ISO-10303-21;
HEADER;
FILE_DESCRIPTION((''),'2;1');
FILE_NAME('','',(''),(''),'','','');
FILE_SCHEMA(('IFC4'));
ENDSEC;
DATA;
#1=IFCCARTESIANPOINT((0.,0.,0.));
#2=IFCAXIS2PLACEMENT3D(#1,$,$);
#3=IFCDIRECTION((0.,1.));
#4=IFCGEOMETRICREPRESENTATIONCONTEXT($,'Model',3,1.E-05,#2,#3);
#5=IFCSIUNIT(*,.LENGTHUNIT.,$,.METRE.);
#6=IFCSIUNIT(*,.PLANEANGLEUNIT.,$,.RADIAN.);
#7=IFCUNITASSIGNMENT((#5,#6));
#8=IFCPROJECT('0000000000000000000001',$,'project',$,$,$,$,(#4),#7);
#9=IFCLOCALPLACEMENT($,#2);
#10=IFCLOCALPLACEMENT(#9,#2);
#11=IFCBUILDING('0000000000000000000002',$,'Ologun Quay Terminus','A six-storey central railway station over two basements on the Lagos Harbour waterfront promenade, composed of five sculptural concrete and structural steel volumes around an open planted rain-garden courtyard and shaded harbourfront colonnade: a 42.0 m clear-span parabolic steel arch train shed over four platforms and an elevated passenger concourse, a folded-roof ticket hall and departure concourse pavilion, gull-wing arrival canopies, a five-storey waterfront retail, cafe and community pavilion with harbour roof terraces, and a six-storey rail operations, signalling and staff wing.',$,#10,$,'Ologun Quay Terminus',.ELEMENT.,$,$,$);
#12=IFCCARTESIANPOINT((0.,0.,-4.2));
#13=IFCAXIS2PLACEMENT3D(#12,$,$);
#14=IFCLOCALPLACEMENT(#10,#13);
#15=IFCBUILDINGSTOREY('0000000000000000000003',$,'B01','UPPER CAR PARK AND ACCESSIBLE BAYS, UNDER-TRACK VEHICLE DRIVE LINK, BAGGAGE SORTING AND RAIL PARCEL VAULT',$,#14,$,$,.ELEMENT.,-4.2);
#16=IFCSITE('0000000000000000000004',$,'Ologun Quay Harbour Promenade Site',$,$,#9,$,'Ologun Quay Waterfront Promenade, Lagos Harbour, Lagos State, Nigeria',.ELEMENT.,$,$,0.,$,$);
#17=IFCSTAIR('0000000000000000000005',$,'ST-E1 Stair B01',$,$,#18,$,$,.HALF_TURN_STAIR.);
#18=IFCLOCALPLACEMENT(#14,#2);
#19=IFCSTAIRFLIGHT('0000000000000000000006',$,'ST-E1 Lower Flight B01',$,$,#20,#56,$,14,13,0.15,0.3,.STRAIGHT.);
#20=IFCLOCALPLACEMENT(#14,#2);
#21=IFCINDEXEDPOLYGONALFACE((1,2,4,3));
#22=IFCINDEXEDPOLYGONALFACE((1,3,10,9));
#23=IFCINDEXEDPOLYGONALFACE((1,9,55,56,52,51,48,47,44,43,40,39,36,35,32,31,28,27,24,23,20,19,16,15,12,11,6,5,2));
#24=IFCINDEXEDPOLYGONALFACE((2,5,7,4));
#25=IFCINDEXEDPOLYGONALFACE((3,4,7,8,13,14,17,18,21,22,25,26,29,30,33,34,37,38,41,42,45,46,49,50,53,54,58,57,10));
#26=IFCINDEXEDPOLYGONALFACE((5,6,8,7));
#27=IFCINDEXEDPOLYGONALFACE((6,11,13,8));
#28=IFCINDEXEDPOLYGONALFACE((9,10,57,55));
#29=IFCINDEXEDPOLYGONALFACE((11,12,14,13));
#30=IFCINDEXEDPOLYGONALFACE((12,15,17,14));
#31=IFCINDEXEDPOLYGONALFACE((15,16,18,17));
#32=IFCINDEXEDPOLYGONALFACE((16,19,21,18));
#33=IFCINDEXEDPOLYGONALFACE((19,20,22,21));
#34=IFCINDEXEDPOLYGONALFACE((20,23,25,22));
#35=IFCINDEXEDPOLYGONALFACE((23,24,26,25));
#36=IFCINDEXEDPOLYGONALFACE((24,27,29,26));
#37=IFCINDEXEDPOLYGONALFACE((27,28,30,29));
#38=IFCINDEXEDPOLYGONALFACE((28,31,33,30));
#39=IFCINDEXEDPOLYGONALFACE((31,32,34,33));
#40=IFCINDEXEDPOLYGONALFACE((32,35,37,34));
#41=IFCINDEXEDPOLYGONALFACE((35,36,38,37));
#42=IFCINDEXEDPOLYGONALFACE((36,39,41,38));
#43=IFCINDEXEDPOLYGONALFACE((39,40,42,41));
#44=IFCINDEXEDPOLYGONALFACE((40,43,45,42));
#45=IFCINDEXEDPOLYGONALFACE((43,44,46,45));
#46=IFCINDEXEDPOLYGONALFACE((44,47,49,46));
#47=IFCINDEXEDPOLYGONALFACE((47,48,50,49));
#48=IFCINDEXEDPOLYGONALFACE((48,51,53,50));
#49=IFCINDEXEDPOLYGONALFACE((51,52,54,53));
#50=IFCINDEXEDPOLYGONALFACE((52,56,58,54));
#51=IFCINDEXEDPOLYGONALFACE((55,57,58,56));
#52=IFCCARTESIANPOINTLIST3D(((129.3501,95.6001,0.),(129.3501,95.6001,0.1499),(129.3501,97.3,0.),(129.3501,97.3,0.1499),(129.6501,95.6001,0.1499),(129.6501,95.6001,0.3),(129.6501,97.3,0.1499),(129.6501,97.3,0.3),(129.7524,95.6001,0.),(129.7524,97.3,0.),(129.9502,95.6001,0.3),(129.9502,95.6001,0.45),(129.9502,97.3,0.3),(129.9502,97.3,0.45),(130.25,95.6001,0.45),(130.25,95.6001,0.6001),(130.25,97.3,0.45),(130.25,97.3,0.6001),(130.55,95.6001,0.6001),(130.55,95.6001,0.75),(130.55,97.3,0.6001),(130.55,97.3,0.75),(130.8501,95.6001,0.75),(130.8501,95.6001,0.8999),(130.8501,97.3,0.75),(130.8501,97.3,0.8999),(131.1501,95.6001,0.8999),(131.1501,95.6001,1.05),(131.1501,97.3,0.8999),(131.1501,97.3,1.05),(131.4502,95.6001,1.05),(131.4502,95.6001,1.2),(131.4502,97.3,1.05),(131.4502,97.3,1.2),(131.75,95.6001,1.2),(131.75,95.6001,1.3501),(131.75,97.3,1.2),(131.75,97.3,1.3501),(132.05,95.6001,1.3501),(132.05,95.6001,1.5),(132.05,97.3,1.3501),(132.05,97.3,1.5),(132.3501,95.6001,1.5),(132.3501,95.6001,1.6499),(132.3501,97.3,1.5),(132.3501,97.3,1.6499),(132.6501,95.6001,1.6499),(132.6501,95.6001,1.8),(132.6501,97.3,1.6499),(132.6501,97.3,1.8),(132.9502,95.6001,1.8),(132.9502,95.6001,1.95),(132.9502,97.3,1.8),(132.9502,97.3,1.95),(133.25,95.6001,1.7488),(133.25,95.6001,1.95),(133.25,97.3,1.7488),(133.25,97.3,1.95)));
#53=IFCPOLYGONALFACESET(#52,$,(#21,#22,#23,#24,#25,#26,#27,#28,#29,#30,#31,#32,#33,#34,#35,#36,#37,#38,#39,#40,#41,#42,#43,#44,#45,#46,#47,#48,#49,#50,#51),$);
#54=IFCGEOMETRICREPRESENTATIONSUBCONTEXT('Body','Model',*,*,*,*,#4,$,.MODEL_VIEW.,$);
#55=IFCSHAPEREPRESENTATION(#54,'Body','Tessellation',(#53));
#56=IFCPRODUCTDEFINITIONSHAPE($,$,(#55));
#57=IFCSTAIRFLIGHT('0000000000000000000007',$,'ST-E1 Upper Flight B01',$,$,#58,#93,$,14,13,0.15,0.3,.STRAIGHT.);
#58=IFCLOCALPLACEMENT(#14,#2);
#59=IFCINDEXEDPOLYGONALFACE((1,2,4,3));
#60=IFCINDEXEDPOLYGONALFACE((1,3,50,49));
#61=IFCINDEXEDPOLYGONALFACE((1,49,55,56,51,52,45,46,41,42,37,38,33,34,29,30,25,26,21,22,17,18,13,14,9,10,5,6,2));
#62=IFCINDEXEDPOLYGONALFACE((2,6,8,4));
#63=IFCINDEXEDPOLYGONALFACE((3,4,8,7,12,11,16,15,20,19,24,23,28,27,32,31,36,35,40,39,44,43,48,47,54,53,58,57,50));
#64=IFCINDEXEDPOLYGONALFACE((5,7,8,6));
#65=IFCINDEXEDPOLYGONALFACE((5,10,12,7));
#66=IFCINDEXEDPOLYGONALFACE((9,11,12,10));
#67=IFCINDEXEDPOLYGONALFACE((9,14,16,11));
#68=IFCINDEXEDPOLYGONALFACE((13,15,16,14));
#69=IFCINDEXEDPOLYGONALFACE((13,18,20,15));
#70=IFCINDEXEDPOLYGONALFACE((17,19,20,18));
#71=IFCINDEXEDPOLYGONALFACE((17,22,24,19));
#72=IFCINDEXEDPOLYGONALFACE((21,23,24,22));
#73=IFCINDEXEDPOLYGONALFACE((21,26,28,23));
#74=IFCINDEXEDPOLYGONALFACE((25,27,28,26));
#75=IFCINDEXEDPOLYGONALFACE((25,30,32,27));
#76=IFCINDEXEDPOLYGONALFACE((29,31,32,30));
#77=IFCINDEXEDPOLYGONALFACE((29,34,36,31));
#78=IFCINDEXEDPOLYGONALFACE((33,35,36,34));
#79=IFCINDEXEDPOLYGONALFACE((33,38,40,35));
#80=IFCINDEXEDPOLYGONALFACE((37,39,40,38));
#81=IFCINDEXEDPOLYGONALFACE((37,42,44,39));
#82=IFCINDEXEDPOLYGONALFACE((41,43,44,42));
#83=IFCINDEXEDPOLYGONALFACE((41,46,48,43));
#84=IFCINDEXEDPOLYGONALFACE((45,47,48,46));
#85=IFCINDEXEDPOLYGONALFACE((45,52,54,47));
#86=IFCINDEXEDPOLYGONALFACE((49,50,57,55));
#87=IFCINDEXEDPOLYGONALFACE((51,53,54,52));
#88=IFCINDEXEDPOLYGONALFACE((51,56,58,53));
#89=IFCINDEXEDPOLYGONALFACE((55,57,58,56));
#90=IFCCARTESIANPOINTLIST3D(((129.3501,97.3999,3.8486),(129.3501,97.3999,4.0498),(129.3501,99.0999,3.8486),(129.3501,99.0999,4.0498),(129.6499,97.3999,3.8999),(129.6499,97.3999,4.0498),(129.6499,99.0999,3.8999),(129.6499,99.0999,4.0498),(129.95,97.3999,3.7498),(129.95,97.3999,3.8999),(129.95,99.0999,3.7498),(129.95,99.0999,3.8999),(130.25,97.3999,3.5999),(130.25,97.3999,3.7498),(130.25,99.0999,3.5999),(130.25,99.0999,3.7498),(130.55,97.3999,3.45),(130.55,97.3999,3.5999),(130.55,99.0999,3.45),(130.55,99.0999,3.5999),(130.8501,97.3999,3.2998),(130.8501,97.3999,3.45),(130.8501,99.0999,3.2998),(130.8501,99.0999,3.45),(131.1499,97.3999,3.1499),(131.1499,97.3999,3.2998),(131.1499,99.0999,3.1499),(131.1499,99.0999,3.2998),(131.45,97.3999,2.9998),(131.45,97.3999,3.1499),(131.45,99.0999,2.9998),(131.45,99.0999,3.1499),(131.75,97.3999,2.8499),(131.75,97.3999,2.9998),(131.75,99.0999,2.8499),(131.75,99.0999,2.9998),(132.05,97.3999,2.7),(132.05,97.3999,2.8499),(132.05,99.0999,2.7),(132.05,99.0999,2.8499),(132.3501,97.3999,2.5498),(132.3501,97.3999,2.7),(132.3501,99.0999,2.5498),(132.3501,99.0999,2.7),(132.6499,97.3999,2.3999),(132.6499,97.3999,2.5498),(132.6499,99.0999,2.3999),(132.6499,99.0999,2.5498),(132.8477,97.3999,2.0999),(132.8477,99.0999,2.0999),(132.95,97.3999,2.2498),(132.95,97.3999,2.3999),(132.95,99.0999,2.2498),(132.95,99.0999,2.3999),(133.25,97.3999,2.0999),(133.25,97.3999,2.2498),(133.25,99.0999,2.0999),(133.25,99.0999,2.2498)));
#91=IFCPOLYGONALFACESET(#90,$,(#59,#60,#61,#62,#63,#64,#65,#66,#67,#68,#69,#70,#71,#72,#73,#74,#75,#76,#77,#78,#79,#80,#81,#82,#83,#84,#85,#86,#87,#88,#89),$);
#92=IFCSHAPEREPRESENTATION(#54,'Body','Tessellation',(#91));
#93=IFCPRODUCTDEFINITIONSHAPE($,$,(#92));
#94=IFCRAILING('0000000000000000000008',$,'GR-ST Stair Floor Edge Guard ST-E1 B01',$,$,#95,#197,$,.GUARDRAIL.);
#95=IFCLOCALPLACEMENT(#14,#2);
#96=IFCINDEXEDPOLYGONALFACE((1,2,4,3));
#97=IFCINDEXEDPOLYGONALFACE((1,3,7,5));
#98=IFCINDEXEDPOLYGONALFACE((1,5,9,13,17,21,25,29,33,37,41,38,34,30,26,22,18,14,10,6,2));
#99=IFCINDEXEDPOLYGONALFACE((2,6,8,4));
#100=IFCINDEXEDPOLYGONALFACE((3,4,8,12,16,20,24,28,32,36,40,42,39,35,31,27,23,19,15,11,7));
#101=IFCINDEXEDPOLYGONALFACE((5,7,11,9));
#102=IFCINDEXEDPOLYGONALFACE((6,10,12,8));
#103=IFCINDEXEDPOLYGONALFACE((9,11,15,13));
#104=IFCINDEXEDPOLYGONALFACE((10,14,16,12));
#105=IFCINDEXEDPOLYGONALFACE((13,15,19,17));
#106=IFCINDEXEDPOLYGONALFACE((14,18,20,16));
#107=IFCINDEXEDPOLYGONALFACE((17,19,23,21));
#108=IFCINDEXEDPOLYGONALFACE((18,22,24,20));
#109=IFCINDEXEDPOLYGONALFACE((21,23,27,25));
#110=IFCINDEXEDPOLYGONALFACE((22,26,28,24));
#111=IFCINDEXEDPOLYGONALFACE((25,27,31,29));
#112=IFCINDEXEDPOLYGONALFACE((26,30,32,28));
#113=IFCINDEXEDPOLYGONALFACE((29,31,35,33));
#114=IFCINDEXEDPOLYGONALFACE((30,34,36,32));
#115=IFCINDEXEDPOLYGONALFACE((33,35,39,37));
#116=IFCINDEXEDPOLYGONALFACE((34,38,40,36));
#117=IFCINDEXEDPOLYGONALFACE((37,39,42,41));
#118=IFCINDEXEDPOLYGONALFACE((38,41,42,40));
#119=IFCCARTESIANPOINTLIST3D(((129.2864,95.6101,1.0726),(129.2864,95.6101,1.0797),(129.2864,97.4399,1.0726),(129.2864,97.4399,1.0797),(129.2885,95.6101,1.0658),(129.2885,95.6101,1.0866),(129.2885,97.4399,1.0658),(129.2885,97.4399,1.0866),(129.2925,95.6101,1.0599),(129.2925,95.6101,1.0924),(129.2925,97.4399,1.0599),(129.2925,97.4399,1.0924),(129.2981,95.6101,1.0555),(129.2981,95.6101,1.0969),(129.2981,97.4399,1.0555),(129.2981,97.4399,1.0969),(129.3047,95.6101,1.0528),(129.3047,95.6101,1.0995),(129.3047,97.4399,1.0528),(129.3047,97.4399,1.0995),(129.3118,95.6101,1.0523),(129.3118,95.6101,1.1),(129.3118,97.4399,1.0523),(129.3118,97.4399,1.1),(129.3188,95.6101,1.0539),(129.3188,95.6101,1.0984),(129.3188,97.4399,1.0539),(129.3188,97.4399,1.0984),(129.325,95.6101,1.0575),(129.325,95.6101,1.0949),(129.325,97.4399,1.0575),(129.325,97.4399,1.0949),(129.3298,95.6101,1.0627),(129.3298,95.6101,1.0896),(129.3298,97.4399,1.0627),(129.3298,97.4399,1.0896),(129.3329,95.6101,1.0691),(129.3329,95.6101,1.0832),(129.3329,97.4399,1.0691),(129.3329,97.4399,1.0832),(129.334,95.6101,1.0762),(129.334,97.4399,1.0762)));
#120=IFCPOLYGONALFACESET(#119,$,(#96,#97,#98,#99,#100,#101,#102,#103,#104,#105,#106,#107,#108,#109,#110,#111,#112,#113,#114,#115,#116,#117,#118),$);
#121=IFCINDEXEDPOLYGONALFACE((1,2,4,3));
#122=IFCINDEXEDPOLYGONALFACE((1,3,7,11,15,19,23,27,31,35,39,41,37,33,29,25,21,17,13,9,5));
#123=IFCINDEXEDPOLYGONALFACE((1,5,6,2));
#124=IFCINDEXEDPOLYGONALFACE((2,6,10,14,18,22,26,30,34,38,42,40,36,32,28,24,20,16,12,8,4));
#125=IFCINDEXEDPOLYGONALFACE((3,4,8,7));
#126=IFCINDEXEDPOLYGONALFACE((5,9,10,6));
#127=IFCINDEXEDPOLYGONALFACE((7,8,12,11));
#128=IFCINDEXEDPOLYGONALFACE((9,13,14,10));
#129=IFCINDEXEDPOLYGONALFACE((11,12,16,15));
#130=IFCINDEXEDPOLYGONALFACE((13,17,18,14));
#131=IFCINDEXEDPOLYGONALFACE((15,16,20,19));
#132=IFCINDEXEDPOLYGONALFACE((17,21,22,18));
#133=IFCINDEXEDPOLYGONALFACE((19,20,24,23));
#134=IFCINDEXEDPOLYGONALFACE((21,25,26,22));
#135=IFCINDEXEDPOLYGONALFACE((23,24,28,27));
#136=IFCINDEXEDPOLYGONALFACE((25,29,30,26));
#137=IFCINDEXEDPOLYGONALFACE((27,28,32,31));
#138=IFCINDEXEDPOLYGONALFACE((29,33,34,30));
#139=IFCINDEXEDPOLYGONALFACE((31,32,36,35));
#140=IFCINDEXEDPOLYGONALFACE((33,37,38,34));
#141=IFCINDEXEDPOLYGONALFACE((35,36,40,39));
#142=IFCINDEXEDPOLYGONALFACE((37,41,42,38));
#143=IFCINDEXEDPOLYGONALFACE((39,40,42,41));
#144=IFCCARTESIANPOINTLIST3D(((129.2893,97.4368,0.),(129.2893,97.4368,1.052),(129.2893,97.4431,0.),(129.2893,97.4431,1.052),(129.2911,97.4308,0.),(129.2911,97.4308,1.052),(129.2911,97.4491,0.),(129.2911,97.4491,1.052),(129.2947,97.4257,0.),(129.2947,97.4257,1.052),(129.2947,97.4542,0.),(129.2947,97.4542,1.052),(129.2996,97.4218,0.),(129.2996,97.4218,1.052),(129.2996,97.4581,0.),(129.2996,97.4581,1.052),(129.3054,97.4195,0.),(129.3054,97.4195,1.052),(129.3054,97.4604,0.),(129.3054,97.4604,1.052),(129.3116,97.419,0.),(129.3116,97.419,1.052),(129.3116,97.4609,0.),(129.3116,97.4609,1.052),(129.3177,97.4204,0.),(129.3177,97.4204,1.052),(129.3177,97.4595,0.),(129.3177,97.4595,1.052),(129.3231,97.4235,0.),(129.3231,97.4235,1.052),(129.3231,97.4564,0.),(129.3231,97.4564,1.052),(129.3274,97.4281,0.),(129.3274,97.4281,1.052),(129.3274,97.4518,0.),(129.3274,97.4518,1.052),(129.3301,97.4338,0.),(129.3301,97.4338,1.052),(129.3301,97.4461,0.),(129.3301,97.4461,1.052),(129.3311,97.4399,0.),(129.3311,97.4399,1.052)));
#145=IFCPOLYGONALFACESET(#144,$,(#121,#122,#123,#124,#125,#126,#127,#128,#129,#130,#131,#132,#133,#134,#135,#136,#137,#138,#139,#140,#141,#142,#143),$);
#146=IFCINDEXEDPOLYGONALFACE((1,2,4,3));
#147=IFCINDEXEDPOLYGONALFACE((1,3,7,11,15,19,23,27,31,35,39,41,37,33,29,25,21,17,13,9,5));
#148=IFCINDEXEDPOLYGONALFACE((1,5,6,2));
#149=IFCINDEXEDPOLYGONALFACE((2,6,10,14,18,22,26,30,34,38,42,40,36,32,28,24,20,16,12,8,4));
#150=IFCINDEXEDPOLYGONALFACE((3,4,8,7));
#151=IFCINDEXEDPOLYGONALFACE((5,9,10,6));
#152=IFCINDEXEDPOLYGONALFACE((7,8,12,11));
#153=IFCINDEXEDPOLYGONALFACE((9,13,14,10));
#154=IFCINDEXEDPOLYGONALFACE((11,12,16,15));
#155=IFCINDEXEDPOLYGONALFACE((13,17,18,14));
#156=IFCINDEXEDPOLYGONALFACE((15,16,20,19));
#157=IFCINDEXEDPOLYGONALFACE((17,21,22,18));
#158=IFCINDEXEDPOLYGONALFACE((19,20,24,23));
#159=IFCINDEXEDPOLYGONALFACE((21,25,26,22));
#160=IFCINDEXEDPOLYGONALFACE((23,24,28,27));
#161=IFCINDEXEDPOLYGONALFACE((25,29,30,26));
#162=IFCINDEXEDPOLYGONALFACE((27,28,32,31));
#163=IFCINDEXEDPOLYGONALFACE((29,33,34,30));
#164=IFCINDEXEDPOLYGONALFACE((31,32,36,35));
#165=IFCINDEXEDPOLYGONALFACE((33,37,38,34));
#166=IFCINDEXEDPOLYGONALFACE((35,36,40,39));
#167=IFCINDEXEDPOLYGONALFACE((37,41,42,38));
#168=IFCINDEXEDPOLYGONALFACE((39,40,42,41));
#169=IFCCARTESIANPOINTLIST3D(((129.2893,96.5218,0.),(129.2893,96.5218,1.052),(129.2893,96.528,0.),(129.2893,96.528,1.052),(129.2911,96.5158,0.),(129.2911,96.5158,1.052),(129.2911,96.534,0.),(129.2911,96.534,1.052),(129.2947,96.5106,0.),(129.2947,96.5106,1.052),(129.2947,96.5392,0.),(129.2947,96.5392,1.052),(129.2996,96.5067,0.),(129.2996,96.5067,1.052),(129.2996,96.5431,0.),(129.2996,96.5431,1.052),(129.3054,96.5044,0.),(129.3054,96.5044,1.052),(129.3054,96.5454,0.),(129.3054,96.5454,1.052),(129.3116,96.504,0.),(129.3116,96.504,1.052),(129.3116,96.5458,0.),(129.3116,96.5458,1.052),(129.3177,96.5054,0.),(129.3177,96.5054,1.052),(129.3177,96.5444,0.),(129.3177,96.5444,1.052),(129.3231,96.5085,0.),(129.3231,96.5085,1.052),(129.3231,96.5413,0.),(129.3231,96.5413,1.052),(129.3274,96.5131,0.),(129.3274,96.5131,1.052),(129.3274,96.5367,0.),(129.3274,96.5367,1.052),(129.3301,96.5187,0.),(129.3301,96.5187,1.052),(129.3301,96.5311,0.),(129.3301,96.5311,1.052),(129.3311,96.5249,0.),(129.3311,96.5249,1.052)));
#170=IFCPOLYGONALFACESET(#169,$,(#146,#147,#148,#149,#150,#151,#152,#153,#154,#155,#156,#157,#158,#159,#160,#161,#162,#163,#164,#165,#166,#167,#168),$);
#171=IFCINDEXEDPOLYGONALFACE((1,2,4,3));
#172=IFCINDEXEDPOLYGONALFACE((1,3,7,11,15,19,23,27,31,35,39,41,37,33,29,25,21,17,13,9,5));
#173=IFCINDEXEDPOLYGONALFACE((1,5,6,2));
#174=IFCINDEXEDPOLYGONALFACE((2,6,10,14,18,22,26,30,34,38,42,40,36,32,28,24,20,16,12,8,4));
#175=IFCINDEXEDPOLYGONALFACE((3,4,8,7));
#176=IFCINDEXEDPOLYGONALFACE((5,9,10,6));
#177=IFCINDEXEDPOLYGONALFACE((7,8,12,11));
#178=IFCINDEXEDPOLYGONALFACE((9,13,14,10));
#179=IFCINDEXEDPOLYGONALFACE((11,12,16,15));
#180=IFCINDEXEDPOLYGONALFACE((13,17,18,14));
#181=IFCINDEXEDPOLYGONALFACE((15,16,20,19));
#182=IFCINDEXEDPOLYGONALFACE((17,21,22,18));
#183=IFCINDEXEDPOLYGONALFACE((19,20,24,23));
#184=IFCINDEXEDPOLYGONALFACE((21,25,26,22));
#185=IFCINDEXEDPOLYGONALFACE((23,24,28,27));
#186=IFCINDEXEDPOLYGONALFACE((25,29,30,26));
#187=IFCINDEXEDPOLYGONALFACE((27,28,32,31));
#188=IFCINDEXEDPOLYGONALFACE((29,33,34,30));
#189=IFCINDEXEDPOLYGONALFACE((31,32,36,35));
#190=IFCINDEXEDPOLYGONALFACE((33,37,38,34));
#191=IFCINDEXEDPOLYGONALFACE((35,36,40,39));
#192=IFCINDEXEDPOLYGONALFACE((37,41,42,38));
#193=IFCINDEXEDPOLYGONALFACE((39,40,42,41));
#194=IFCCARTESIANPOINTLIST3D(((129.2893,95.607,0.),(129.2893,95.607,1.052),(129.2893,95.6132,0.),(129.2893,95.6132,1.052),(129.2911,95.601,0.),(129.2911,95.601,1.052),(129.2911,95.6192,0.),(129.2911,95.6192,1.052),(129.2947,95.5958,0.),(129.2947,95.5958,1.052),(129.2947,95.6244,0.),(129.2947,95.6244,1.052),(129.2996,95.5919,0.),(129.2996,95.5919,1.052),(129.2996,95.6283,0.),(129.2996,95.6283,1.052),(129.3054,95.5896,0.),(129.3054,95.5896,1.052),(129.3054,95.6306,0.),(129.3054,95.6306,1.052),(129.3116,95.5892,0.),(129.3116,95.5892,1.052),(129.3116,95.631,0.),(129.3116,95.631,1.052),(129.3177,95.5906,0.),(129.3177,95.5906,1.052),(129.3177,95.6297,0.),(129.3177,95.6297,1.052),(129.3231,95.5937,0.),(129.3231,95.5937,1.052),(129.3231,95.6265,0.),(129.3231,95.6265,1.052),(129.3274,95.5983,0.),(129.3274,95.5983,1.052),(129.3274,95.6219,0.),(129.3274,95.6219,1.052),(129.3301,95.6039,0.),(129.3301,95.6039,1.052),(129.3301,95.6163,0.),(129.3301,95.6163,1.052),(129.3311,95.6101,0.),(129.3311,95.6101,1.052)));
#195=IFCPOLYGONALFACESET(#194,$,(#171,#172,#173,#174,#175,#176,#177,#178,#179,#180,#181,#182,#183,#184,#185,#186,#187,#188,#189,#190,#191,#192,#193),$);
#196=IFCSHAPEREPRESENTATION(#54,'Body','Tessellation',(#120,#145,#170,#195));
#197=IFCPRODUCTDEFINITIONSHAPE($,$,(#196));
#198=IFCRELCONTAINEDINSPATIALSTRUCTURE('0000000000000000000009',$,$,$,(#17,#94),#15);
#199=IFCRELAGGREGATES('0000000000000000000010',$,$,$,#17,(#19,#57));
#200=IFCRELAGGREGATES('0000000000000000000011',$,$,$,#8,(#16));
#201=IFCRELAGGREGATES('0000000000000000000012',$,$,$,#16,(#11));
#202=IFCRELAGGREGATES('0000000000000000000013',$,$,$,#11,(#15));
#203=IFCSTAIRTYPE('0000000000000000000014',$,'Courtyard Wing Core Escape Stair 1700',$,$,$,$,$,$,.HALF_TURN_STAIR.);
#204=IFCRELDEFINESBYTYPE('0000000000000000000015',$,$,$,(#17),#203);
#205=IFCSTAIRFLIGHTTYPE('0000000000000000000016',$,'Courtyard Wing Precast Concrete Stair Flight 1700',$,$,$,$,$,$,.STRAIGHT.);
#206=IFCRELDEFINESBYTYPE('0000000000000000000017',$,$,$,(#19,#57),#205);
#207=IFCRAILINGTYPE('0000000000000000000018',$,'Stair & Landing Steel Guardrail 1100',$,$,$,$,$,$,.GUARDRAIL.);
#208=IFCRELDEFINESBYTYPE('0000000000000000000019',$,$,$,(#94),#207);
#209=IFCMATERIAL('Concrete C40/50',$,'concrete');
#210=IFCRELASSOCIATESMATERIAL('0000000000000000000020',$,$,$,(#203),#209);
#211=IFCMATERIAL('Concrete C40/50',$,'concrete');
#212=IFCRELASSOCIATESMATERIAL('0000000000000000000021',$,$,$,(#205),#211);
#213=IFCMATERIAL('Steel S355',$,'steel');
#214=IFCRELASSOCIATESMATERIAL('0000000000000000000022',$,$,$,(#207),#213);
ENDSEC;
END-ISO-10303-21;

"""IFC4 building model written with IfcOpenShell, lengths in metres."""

from ifc_helpers import new_model, si_unit, direction, frame, origin, origin_2d, place, context, subcontext, project, spatial, polyline, circle, outline, extrude, material, type_object, element, aggregate, save


model = new_model("IFC4")

# Units and contexts
model_context = context("Model", 3, precision=1e-05, world=origin(), true_north=direction((0.0, 1.0)))
body_context = subcontext(model_context, "Body", "Model", "MODEL_VIEW")
ifc_project = project(units=[si_unit("LENGTHUNIT", "METRE"), si_unit("PLANEANGLEUNIT", "RADIAN")], contexts=[model_context])

# Site, building, storey
site_placement = place(None, origin())
site = spatial("IfcSite", under=ifc_project, at=site_placement, Name="Ologun Quay Harbour Promenade Site", LongName="Ologun Quay Waterfront Promenade, Lagos Harbour, Lagos State, Nigeria", CompositionType="ELEMENT", RefElevation=0.0)
building_placement = place(site_placement, origin())
building = spatial("IfcBuilding", under=site, at=building_placement, Name="Ologun Quay Terminus", Description="A six-storey central railway station over two basements on the Lagos Harbour waterfront promenade, composed of five sculptural concrete and structural steel volumes around an open planted rain-garden courtyard and shaded harbourfront colonnade: a 42.0 m clear-span parabolic steel arch train shed over four platforms and an elevated passenger concourse, a folded-roof ticket hall and departure concourse pavilion, gull-wing arrival canopies, a five-storey waterfront retail, cafe and community pavilion with harbour roof terraces, and a six-storey rail operations, signalling and staff wing.", LongName="Ologun Quay Terminus", CompositionType="ELEMENT")
storey_placement = place(building_placement, frame((0.0, 0.0, -4.2)))
storey = spatial("IfcBuildingStorey", under=building, at=storey_placement, Name="B01", Description="UPPER CAR PARK AND ACCESSIBLE BAYS, UNDER-TRACK VEHICLE DRIVE LINK, BAGGAGE SORTING AND RAIL PARCEL VAULT", CompositionType="ELEMENT", Elevation=-4.2)

# Stair, stair flights
ifc_material_1 = material(Name="Concrete C40/50", Category="concrete")
stair_type = type_object("IfcStairType", Name="Courtyard Wing Core Escape Stair 1700", PredefinedType="HALF_TURN_STAIR", material=ifc_material_1)
stair_placement = place(storey_placement, origin())
stair = element("IfcStair", 1, at=stair_placement, inside=storey, type_object=stair_type, Name="ST-E1 Stair B01", PredefinedType="HALF_TURN_STAIR")
ifc_material_2 = material(Name="Concrete C40/50", Category="concrete")
stair_flight_type = type_object("IfcStairFlightType", Name="Courtyard Wing Precast Concrete Stair Flight 1700", PredefinedType="STRAIGHT", material=ifc_material_2)
stair_flight_1_placement = place(storey_placement, frame((129.3501, 96.45, 0.0), z_axis=(0.0, 0.0, 1.0), x_axis=(1.0, 0.0, 0.0)))
stair_flight_1 = element("IfcStairFlight", 2, at=stair_flight_1_placement, type_object=stair_flight_type, Name="ST-E1 Lower Flight B01", NumberOfRisers=14, NumberOfTreads=13, PredefinedType="STRAIGHT", RiserHeight=0.15, TreadLength=0.3, context=body_context, shape_type="SweptSolid", body=[
    extrude(outline(polyline([(0.0, 0.0), (0.0, 0.1499), (0.3, 0.1499), (0.3, 0.3), (0.6001, 0.3), (0.6001, 0.45), (0.8999, 0.45), (0.8999, 0.6001), (1.2, 0.6001), (1.2, 0.75), (1.5, 0.75), (1.5, 0.8999), (1.8, 0.8999), (1.8, 1.05), (2.1001, 1.05), (2.1001, 1.2), (2.3999, 1.2), (2.3999, 1.3501), (2.7, 1.3501), (2.7, 1.5), (3.0, 1.5), (3.0, 1.6499), (3.3, 1.6499), (3.3, 1.8), (3.6001, 1.8), (3.6001, 1.95), (3.8999, 1.95), (3.8999, 2.1001), (3.8999, 1.7488), (0.4023, 0.0), (0.0, 0.0)])), frame((0.0, 0.8501, 0.0), z_axis=(0.0, -1.0, 0.0), x_axis=(1.0, 0.0, 0.0)), (0.0, 0.0, 1.0), 1.7),
])
stair_flight_2_placement = place(storey_placement, frame((133.25, 98.25, 2.0999), z_axis=(0.0, 0.0, 1.0), x_axis=(-1.0, 0.0, 0.0)))
stair_flight_2 = element("IfcStairFlight", 3, at=stair_flight_2_placement, type_object=stair_flight_type, Name="ST-E1 Upper Flight B01", NumberOfRisers=14, NumberOfTreads=13, PredefinedType="STRAIGHT", RiserHeight=0.15, TreadLength=0.3, context=body_context, shape_type="SweptSolid", body=[
    extrude(outline(polyline([(0.0, 0.0), (0.0, 0.1499), (0.3, 0.1499), (0.3, 0.3), (0.6001, 0.3), (0.6001, 0.45), (0.8999, 0.45), (0.8999, 0.6001), (1.2, 0.6001), (1.2, 0.75), (1.5, 0.75), (1.5, 0.8999), (1.8, 0.8999), (1.8, 1.05), (2.1001, 1.05), (2.1001, 1.2), (2.3999, 1.2), (2.3999, 1.3501), (2.7, 1.3501), (2.7, 1.5), (3.0, 1.5), (3.0, 1.6499), (3.3, 1.6499), (3.3, 1.8), (3.6001, 1.8), (3.6001, 1.95), (3.8999, 1.95), (3.8999, 2.1001), (3.8999, 1.7488), (0.4023, 0.0), (0.0, 0.0)])), frame((0.0, 0.8501, 0.0), z_axis=(0.0, -1.0, 0.0), x_axis=(1.0, 0.0, 0.0)), (0.0, 0.0, 1.0), 1.7),
])
aggregate(stair, [stair_flight_1, stair_flight_2])

# Railing
ifc_material_3 = material(Name="Steel S355", Category="steel")
railing_type_1 = type_object("IfcRailingType", Name="Stair & Landing Steel Guardrail 1100", PredefinedType="GUARDRAIL", material=ifc_material_3)
railing_1_placement = place(storey_placement, frame((129.3101, 97.4399, 0.0)))
element("IfcRailing", 4, at=railing_1_placement, inside=storey, type_object=railing_type_1, Name="GR-ST Stair Floor Edge Guard ST-E1 B01", PredefinedType="GUARDRAIL", context=body_context, shape_type="SweptSolid", body=[
    extrude(circle(Radius=0.0239, at=origin_2d()), frame((0.0, 0.0, 1.0762), z_axis=(0.0, -1.0, 0.0), x_axis=(1.0, 0.0, 0.0)), (0.0, 0.0, 1.0), 1.8298),
    extrude(circle(Radius=0.021, at=origin_2d()), origin(), (0.0, 0.0, 1.0), 1.052),
    extrude(circle(Radius=0.021, at=origin_2d()), frame((0.0, -0.915, 0.0)), (0.0, 0.0, 1.0), 1.052),
    extrude(circle(Radius=0.021, at=origin_2d()), frame((0.0, -1.8298, 0.0)), (0.0, 0.0, 1.0), 1.052),
])

save(model, "model.ifc")
